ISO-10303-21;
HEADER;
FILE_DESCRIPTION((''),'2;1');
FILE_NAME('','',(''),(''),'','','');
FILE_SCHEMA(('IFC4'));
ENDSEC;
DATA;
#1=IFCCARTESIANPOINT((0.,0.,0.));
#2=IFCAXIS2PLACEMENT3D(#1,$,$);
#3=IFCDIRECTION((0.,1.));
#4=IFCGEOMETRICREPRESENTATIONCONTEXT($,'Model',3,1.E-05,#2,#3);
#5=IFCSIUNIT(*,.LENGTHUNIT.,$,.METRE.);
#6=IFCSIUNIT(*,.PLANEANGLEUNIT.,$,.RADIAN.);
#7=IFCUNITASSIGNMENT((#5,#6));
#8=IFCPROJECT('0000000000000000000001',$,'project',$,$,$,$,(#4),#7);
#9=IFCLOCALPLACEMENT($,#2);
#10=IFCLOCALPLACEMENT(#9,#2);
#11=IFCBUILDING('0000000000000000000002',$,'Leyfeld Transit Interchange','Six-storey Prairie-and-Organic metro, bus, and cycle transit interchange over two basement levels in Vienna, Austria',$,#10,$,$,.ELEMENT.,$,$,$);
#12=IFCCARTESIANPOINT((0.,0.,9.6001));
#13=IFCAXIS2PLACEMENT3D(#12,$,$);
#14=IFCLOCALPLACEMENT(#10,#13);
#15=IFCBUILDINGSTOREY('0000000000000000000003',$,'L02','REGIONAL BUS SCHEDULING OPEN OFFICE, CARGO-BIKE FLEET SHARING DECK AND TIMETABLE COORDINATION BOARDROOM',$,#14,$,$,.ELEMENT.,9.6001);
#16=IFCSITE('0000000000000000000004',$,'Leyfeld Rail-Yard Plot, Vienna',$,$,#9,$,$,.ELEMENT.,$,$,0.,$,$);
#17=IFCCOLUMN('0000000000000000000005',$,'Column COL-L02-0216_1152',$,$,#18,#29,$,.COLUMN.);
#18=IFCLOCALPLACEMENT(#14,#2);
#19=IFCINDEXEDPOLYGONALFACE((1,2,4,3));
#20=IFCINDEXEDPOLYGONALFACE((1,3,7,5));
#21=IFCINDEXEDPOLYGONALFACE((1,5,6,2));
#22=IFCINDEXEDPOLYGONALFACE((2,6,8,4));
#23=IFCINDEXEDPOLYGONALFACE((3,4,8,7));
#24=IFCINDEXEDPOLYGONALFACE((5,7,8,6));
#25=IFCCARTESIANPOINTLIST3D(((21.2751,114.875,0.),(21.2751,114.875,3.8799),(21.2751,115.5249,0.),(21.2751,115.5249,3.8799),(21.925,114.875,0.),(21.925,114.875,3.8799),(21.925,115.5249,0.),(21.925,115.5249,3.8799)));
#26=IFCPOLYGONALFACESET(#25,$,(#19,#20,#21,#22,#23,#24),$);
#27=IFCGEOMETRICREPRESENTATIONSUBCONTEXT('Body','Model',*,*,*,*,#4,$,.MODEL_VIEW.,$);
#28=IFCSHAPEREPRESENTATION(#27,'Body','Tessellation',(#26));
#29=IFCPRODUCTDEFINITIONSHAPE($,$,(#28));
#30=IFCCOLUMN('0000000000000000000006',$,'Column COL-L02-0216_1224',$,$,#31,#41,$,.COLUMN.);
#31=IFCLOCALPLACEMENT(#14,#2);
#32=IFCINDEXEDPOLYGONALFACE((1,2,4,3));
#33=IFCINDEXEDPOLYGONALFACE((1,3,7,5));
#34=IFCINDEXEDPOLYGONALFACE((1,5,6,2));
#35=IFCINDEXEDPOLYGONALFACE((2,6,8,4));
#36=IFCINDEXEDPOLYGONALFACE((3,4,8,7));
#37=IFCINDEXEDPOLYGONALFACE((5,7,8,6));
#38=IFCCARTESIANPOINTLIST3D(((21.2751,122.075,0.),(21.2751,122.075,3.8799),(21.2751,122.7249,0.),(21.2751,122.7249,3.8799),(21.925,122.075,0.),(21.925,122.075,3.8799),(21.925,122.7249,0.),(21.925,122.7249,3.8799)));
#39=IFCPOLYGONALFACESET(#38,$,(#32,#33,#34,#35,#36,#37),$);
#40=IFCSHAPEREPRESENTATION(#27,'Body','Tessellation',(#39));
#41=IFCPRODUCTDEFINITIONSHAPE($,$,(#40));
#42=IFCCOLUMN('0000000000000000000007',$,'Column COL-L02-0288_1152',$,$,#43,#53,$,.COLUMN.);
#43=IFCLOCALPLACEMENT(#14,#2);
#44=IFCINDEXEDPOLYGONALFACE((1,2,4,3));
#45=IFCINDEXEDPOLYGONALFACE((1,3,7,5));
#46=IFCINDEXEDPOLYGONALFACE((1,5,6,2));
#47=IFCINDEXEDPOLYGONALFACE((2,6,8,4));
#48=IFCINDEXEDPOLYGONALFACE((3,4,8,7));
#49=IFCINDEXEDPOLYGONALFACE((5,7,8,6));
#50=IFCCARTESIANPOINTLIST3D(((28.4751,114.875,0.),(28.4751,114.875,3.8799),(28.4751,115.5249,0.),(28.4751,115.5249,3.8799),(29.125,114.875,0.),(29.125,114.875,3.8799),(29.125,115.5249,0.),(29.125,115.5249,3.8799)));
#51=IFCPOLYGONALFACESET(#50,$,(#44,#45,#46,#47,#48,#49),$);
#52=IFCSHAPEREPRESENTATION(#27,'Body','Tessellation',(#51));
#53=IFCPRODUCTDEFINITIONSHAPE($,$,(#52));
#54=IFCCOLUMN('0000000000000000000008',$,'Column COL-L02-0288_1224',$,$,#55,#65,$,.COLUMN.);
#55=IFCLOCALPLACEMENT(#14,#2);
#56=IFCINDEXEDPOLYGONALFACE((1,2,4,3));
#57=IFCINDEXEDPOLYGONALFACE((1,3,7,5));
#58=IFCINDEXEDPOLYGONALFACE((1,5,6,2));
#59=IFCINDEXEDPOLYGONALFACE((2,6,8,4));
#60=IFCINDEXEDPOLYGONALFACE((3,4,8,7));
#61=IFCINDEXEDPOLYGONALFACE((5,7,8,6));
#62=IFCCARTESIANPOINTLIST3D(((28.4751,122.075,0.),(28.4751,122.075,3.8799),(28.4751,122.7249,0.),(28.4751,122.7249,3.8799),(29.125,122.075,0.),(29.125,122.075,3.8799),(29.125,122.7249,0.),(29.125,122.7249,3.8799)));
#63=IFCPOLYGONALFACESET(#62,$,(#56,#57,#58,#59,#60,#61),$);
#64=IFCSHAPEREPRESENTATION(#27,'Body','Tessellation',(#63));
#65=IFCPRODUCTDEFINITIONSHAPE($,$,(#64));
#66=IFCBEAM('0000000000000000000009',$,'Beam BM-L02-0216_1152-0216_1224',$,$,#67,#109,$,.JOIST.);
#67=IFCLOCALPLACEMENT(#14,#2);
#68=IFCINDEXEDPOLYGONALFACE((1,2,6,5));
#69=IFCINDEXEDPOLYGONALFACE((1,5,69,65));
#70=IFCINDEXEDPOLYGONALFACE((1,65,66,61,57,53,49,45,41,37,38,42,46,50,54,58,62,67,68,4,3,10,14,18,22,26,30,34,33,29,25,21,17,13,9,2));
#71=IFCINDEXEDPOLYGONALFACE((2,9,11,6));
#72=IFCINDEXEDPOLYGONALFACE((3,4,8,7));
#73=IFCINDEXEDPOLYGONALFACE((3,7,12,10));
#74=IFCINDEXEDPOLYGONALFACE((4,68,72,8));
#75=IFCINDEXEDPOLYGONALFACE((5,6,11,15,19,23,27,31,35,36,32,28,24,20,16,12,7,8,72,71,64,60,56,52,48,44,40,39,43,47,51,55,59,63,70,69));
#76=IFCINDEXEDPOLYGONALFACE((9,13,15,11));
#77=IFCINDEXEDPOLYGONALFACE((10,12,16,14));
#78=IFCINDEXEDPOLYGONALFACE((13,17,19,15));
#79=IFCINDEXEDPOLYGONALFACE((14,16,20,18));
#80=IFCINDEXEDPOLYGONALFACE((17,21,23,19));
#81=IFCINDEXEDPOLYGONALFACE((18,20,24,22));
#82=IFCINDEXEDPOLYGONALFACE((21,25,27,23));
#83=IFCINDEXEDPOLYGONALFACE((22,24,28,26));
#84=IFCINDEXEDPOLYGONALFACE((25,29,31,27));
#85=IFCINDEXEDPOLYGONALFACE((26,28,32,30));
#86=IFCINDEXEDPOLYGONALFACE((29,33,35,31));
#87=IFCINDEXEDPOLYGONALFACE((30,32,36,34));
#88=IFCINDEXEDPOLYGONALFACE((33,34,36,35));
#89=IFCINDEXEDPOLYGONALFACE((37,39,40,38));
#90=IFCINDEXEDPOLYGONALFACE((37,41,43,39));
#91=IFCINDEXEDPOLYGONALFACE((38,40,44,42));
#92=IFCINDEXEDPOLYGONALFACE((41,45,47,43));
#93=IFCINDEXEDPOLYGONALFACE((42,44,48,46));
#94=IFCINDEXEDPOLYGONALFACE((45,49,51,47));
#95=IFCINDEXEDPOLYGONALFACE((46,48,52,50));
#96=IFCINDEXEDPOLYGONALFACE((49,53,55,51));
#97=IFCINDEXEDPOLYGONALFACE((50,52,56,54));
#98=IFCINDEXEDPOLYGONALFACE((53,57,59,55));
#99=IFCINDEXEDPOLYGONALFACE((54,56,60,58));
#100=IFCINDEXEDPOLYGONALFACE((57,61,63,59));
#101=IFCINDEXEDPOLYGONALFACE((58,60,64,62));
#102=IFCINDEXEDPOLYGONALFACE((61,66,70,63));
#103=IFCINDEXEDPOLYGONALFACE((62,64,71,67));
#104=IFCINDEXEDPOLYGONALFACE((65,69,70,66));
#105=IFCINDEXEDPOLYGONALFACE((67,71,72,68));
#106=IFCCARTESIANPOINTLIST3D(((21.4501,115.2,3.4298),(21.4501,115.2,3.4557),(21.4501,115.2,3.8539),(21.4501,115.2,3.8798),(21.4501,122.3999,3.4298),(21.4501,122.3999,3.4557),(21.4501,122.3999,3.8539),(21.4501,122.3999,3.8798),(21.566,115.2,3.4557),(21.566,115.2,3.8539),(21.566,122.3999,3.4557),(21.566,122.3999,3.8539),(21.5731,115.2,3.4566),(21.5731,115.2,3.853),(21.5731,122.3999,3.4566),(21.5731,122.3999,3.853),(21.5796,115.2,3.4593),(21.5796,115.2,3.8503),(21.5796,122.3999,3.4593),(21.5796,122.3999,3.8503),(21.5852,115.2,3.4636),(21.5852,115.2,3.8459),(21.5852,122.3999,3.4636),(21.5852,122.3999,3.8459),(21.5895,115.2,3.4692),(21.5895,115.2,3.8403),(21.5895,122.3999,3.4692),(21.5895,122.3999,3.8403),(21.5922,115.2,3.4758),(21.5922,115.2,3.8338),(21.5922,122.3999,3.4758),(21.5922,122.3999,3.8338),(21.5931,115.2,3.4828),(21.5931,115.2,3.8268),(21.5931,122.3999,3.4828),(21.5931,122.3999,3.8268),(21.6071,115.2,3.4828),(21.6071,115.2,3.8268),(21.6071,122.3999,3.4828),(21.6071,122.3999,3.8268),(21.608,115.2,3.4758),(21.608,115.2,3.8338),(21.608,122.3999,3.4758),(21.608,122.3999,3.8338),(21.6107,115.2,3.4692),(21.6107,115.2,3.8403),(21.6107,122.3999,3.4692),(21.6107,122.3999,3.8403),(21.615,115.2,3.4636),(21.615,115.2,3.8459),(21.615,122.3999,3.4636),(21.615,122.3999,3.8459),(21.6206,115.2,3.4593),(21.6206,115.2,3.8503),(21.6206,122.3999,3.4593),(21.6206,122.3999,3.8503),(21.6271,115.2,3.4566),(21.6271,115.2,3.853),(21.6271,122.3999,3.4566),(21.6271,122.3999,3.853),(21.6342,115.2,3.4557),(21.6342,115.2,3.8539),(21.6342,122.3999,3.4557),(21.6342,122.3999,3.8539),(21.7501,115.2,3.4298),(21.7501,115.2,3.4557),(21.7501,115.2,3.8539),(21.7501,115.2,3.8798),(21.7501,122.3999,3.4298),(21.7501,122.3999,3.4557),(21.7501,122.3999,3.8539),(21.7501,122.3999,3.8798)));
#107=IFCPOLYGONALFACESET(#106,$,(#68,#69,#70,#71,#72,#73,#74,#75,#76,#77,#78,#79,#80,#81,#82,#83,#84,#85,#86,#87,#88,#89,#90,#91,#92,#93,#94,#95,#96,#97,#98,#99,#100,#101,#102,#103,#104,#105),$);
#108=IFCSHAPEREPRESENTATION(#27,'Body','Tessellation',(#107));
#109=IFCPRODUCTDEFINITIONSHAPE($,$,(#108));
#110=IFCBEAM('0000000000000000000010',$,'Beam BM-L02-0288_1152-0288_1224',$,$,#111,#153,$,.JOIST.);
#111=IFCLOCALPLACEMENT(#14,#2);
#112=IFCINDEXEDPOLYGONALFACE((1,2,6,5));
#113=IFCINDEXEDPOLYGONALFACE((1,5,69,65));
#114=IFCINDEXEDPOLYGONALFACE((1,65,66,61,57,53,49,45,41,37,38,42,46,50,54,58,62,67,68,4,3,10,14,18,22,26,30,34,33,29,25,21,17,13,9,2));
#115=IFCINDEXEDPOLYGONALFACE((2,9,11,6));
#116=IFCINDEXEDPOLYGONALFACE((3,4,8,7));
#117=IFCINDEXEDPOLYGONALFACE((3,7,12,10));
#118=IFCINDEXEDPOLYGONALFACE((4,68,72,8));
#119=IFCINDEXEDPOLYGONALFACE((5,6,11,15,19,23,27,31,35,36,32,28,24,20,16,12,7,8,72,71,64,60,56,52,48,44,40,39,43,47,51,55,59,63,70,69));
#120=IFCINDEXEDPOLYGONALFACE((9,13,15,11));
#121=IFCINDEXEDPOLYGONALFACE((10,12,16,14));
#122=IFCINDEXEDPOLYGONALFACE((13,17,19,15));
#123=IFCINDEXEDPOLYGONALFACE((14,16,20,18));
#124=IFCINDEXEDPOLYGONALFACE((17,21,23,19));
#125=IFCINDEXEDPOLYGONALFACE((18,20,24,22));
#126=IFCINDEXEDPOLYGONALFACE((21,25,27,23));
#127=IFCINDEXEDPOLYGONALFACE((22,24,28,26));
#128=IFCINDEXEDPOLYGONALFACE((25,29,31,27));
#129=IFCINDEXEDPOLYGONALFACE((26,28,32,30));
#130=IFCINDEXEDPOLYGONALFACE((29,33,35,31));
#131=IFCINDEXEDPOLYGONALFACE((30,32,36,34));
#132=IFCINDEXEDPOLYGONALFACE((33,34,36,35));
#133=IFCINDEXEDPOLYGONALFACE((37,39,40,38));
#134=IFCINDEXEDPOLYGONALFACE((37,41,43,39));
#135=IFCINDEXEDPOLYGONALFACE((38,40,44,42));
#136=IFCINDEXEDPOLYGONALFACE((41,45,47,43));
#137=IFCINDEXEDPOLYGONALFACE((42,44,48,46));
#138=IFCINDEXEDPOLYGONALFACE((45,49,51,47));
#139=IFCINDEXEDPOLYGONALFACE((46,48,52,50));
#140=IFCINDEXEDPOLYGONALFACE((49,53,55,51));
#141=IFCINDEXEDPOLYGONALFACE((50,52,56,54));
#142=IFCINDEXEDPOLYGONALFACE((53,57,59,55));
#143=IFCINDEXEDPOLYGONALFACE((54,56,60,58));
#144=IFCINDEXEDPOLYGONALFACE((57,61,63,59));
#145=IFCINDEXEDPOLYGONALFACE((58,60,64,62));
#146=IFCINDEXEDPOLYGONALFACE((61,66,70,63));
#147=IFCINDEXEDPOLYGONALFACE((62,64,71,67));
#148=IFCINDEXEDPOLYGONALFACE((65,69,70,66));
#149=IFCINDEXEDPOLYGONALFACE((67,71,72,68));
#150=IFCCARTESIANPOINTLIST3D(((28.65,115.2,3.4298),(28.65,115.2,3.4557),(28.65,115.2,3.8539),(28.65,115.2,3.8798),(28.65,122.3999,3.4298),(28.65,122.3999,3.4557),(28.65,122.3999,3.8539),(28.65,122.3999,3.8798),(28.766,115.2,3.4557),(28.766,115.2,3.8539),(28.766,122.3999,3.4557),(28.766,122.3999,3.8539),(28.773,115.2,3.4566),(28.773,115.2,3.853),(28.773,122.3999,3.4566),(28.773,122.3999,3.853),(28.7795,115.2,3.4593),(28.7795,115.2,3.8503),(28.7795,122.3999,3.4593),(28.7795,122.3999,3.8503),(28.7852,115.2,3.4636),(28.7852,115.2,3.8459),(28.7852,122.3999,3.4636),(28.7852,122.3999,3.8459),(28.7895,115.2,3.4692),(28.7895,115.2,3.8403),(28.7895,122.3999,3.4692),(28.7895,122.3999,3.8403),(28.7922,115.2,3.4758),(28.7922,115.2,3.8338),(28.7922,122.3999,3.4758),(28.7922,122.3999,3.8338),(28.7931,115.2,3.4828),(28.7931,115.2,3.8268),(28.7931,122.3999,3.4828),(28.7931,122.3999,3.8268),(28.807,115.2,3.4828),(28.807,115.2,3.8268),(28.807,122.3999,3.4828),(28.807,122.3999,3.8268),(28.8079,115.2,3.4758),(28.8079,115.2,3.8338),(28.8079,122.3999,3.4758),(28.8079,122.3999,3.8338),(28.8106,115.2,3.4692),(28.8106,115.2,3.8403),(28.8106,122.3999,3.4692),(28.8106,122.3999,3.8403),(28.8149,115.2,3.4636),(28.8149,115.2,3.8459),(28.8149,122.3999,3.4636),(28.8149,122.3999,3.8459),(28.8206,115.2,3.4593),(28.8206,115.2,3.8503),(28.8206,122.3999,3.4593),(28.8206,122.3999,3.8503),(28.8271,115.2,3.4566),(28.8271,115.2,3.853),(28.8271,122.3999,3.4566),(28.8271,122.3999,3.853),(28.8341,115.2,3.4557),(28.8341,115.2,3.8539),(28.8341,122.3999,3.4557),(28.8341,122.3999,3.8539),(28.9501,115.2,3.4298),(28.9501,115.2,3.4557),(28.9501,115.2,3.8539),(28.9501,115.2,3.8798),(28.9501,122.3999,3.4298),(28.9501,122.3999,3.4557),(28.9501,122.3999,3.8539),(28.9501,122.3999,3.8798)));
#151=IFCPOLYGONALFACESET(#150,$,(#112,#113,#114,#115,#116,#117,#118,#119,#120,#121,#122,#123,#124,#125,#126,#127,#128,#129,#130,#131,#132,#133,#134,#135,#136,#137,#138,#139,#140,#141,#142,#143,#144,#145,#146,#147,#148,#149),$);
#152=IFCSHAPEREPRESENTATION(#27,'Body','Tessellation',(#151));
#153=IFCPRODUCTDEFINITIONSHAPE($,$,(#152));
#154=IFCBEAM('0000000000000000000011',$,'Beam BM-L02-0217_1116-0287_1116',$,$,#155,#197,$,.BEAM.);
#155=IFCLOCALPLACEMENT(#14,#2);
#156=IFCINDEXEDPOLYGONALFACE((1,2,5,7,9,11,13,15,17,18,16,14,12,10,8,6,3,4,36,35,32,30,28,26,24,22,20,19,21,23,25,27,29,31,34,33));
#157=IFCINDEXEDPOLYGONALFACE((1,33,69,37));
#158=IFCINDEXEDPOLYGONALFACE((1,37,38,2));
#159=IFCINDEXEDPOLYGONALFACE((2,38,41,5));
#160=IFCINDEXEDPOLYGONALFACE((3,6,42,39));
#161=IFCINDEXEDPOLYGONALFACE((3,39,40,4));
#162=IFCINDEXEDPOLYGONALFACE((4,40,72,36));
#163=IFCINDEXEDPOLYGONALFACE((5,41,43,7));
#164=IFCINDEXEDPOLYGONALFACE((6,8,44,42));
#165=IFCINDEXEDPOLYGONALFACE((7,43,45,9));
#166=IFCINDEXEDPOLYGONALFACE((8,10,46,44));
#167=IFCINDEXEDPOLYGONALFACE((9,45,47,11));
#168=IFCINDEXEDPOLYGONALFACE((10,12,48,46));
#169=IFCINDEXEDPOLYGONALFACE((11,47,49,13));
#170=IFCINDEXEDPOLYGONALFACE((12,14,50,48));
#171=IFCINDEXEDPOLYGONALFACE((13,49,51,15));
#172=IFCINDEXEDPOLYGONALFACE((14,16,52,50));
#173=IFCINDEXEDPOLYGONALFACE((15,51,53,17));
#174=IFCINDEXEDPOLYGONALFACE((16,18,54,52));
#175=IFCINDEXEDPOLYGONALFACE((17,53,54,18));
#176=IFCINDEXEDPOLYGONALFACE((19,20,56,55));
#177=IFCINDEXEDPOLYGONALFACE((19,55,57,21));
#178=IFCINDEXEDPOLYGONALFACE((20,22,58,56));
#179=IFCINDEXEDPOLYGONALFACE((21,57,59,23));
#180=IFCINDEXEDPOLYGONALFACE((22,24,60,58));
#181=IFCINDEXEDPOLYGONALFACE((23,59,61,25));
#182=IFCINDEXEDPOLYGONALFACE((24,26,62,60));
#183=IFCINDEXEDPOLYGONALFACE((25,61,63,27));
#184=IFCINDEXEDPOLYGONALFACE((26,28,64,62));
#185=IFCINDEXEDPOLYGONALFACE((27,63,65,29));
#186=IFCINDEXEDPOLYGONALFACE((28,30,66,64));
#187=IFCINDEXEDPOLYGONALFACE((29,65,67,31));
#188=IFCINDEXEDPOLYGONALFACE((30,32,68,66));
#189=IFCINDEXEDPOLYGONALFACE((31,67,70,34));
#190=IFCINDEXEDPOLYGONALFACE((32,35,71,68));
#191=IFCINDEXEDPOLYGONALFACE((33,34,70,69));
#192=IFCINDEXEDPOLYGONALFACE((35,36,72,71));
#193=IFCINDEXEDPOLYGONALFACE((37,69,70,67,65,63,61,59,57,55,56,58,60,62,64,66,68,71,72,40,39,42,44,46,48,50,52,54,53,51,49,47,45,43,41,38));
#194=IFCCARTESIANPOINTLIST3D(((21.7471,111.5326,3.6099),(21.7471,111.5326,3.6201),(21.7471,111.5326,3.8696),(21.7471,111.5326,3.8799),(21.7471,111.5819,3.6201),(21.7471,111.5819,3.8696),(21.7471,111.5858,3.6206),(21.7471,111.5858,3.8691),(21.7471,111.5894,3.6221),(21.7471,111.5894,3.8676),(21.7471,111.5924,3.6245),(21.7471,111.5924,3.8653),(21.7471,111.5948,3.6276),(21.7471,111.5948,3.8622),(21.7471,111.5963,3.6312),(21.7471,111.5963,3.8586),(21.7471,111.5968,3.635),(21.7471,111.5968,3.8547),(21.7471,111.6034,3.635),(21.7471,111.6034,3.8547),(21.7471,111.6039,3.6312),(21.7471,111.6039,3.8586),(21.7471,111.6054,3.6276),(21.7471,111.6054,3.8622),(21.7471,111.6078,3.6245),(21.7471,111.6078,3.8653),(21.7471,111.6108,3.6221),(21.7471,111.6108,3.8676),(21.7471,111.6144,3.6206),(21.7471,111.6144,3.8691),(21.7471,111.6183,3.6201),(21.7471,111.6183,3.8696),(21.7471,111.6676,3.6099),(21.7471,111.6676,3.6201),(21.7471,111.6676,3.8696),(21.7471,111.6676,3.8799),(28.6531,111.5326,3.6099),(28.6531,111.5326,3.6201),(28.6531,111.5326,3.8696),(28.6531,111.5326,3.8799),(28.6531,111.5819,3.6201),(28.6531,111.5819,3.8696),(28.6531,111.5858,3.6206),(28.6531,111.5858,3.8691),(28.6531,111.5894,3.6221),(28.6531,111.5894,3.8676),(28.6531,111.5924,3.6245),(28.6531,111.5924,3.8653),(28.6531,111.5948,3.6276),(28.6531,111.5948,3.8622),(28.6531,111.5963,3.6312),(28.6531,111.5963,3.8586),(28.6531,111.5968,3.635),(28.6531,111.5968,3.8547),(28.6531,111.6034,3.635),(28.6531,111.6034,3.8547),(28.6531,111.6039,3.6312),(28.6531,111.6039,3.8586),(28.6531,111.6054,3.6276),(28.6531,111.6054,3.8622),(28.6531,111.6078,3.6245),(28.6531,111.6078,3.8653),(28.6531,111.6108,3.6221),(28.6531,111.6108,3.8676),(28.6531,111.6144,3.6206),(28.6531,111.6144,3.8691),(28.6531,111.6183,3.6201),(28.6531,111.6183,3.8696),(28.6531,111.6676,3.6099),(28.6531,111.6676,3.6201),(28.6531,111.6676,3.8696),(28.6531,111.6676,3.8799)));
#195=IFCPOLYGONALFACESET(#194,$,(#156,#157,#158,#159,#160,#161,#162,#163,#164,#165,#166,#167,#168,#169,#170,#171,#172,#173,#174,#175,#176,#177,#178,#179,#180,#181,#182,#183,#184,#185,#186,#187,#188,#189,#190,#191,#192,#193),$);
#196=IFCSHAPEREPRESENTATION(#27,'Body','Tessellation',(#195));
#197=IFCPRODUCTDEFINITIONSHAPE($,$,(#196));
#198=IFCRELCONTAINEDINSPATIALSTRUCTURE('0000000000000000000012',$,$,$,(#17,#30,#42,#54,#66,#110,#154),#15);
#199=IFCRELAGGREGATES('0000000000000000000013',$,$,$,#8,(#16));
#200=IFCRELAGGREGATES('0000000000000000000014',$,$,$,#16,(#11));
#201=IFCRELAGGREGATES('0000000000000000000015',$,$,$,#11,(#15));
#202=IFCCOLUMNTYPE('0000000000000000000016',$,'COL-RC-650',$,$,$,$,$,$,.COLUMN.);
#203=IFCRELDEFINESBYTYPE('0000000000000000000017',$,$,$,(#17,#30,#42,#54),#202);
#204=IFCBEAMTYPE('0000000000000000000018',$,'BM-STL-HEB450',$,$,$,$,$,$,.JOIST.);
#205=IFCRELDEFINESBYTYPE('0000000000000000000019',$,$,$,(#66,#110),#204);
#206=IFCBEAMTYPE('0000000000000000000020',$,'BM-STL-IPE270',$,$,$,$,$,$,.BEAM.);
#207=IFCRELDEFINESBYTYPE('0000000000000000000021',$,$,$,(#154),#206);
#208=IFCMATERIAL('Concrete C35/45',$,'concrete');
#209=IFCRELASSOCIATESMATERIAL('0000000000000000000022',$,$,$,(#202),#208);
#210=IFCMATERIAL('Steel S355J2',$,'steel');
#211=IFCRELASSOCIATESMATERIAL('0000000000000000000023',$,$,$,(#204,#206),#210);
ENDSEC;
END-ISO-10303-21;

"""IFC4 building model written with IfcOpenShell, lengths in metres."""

from ifc_helpers import new_model, si_unit, direction, frame, origin, origin_2d, place, context, subcontext, project, spatial, rectangle, i_section, extrude, material, material_profile, profile_set, type_object, element, save


model = new_model("IFC4")

# Units and contexts
model_context = context("Model", 3, precision=1e-05, world=origin(), true_north=direction((0.0, 1.0)))
body_context = subcontext(model_context, "Body", "Model", "MODEL_VIEW")
ifc_project = project(units=[si_unit("LENGTHUNIT", "METRE"), si_unit("PLANEANGLEUNIT", "RADIAN")], contexts=[model_context])

# Site, building, storey
site_placement = place(None, origin())
site = spatial("IfcSite", under=ifc_project, at=site_placement, Name="Leyfeld Rail-Yard Plot, Vienna", CompositionType="ELEMENT", RefElevation=0.0)
building_placement = place(site_placement, origin())
building = spatial("IfcBuilding", under=site, at=building_placement, Name="Leyfeld Transit Interchange", Description="Six-storey Prairie-and-Organic metro, bus, and cycle transit interchange over two basement levels in Vienna, Austria", CompositionType="ELEMENT")
storey_placement = place(building_placement, frame((0.0, 0.0, 9.6001)))
storey = spatial("IfcBuildingStorey", under=building, at=storey_placement, Name="L02", Description="REGIONAL BUS SCHEDULING OPEN OFFICE, CARGO-BIKE FLEET SHARING DECK AND TIMETABLE COORDINATION BOARDROOM", CompositionType="ELEMENT", Elevation=9.6001)

# Columns
ifc_material_1 = material(Name="Concrete C35/45", Category="concrete")
ifc_material_profile_1 = material_profile(ifc_material_1, rectangle(XDim=0.6499, YDim=0.6499, at=origin_2d()), Name="RC 650x650")
ifc_profile_set_1 = profile_set([ifc_material_profile_1], Name="Concrete C35/45")
column_type = type_object("IfcColumnType", Name="COL-RC-650", PredefinedType="COLUMN", material=ifc_profile_set_1)
for number, where, z_axis, x_axis, name in (
    (1, (21.6001, 115.2, 0.0), (0.0, 0.0, 1.0), (1.0, 0.0, 0.0), "Column COL-L02-0216_1152"),
    (2, (21.6001, 122.3999, 0.0), (0.0, 0.0, 1.0), (1.0, 0.0, 0.0), "Column COL-L02-0216_1224"),
    (3, (28.8, 115.2, 0.0), (0.0, 0.0, 1.0), (1.0, 0.0, 0.0), "Column COL-L02-0288_1152"),
    (4, (28.8, 122.3999, 0.0), (0.0, 0.0, 1.0), (1.0, 0.0, 0.0), "Column COL-L02-0288_1224"),
):
    element("IfcColumn", number, at=place(storey_placement, frame(where, z_axis=z_axis, x_axis=x_axis)), inside=storey, type_object=column_type, Name=name, PredefinedType="COLUMN", context=body_context, shape_type="SweptSolid", body=[
        extrude(rectangle(XDim=0.6499, YDim=0.6499, at=origin_2d()), origin(), (0.0, 0.0, 1.0), 3.8799),
    ])

# Beams
ifc_material_2 = material(Name="Steel S355J2", Category="steel")
ifc_material_profile_2 = material_profile(ifc_material_2, i_section(OverallWidth=0.3, OverallDepth=0.45, WebThickness=0.0139, FlangeThickness=0.0259, FilletRadius=0.0271, at=origin_2d()), Name="HEB 450")
ifc_profile_set_2 = profile_set([ifc_material_profile_2], Name="Steel S355J2")
beam_type_1 = type_object("IfcBeamType", Name="BM-STL-HEB450", PredefinedType="JOIST", material=ifc_profile_set_2)
for number, where, z_axis, x_axis, name in (
    (5, (21.6001, 115.2, 3.6548), (0.0, 1.0, 0.0), (-1.0, 0.0, 0.0), "Beam BM-L02-0216_1152-0216_1224"),
    (6, (28.8, 115.2, 3.6548), (0.0, 1.0, 0.0), (-1.0, 0.0, 0.0), "Beam BM-L02-0288_1152-0288_1224"),
):
    element("IfcBeam", number, at=place(storey_placement, frame(where, z_axis=z_axis, x_axis=x_axis)), inside=storey, type_object=beam_type_1, Name=name, PredefinedType="JOIST", context=body_context, shape_type="SweptSolid", body=[
        extrude(i_section(OverallWidth=0.3, OverallDepth=0.45, WebThickness=0.0139, FlangeThickness=0.0259, FilletRadius=0.0271, at=origin_2d()), origin(), (0.0, 0.0, 1.0), 7.2),
    ])
ifc_material_profile_3 = material_profile(ifc_material_2, i_section(OverallWidth=0.135, OverallDepth=0.27, WebThickness=0.0066, FlangeThickness=0.0103, FilletRadius=0.0149, at=origin_2d()), Name="IPE 270")
ifc_profile_set_3 = profile_set([ifc_material_profile_3], Name="Steel S355J2")
beam_type_2 = type_object("IfcBeamType", Name="BM-STL-IPE270", PredefinedType="BEAM", material=ifc_profile_set_3)
beam_1_placement = place(storey_placement, frame((21.7471, 111.6001, 3.7449), z_axis=(1.0, 0.0, 0.0), x_axis=(0.0, 1.0, 0.0)))
element("IfcBeam", 7, at=beam_1_placement, inside=storey, type_object=beam_type_2, Name="Beam BM-L02-0217_1116-0287_1116", PredefinedType="BEAM", context=body_context, shape_type="SweptSolid", body=[
    extrude(i_section(OverallWidth=0.135, OverallDepth=0.27, WebThickness=0.0066, FlangeThickness=0.0103, FilletRadius=0.0149, at=origin_2d()), origin(), (0.0, 0.0, 1.0), 6.906),
])

save(model, "model.ifc")
